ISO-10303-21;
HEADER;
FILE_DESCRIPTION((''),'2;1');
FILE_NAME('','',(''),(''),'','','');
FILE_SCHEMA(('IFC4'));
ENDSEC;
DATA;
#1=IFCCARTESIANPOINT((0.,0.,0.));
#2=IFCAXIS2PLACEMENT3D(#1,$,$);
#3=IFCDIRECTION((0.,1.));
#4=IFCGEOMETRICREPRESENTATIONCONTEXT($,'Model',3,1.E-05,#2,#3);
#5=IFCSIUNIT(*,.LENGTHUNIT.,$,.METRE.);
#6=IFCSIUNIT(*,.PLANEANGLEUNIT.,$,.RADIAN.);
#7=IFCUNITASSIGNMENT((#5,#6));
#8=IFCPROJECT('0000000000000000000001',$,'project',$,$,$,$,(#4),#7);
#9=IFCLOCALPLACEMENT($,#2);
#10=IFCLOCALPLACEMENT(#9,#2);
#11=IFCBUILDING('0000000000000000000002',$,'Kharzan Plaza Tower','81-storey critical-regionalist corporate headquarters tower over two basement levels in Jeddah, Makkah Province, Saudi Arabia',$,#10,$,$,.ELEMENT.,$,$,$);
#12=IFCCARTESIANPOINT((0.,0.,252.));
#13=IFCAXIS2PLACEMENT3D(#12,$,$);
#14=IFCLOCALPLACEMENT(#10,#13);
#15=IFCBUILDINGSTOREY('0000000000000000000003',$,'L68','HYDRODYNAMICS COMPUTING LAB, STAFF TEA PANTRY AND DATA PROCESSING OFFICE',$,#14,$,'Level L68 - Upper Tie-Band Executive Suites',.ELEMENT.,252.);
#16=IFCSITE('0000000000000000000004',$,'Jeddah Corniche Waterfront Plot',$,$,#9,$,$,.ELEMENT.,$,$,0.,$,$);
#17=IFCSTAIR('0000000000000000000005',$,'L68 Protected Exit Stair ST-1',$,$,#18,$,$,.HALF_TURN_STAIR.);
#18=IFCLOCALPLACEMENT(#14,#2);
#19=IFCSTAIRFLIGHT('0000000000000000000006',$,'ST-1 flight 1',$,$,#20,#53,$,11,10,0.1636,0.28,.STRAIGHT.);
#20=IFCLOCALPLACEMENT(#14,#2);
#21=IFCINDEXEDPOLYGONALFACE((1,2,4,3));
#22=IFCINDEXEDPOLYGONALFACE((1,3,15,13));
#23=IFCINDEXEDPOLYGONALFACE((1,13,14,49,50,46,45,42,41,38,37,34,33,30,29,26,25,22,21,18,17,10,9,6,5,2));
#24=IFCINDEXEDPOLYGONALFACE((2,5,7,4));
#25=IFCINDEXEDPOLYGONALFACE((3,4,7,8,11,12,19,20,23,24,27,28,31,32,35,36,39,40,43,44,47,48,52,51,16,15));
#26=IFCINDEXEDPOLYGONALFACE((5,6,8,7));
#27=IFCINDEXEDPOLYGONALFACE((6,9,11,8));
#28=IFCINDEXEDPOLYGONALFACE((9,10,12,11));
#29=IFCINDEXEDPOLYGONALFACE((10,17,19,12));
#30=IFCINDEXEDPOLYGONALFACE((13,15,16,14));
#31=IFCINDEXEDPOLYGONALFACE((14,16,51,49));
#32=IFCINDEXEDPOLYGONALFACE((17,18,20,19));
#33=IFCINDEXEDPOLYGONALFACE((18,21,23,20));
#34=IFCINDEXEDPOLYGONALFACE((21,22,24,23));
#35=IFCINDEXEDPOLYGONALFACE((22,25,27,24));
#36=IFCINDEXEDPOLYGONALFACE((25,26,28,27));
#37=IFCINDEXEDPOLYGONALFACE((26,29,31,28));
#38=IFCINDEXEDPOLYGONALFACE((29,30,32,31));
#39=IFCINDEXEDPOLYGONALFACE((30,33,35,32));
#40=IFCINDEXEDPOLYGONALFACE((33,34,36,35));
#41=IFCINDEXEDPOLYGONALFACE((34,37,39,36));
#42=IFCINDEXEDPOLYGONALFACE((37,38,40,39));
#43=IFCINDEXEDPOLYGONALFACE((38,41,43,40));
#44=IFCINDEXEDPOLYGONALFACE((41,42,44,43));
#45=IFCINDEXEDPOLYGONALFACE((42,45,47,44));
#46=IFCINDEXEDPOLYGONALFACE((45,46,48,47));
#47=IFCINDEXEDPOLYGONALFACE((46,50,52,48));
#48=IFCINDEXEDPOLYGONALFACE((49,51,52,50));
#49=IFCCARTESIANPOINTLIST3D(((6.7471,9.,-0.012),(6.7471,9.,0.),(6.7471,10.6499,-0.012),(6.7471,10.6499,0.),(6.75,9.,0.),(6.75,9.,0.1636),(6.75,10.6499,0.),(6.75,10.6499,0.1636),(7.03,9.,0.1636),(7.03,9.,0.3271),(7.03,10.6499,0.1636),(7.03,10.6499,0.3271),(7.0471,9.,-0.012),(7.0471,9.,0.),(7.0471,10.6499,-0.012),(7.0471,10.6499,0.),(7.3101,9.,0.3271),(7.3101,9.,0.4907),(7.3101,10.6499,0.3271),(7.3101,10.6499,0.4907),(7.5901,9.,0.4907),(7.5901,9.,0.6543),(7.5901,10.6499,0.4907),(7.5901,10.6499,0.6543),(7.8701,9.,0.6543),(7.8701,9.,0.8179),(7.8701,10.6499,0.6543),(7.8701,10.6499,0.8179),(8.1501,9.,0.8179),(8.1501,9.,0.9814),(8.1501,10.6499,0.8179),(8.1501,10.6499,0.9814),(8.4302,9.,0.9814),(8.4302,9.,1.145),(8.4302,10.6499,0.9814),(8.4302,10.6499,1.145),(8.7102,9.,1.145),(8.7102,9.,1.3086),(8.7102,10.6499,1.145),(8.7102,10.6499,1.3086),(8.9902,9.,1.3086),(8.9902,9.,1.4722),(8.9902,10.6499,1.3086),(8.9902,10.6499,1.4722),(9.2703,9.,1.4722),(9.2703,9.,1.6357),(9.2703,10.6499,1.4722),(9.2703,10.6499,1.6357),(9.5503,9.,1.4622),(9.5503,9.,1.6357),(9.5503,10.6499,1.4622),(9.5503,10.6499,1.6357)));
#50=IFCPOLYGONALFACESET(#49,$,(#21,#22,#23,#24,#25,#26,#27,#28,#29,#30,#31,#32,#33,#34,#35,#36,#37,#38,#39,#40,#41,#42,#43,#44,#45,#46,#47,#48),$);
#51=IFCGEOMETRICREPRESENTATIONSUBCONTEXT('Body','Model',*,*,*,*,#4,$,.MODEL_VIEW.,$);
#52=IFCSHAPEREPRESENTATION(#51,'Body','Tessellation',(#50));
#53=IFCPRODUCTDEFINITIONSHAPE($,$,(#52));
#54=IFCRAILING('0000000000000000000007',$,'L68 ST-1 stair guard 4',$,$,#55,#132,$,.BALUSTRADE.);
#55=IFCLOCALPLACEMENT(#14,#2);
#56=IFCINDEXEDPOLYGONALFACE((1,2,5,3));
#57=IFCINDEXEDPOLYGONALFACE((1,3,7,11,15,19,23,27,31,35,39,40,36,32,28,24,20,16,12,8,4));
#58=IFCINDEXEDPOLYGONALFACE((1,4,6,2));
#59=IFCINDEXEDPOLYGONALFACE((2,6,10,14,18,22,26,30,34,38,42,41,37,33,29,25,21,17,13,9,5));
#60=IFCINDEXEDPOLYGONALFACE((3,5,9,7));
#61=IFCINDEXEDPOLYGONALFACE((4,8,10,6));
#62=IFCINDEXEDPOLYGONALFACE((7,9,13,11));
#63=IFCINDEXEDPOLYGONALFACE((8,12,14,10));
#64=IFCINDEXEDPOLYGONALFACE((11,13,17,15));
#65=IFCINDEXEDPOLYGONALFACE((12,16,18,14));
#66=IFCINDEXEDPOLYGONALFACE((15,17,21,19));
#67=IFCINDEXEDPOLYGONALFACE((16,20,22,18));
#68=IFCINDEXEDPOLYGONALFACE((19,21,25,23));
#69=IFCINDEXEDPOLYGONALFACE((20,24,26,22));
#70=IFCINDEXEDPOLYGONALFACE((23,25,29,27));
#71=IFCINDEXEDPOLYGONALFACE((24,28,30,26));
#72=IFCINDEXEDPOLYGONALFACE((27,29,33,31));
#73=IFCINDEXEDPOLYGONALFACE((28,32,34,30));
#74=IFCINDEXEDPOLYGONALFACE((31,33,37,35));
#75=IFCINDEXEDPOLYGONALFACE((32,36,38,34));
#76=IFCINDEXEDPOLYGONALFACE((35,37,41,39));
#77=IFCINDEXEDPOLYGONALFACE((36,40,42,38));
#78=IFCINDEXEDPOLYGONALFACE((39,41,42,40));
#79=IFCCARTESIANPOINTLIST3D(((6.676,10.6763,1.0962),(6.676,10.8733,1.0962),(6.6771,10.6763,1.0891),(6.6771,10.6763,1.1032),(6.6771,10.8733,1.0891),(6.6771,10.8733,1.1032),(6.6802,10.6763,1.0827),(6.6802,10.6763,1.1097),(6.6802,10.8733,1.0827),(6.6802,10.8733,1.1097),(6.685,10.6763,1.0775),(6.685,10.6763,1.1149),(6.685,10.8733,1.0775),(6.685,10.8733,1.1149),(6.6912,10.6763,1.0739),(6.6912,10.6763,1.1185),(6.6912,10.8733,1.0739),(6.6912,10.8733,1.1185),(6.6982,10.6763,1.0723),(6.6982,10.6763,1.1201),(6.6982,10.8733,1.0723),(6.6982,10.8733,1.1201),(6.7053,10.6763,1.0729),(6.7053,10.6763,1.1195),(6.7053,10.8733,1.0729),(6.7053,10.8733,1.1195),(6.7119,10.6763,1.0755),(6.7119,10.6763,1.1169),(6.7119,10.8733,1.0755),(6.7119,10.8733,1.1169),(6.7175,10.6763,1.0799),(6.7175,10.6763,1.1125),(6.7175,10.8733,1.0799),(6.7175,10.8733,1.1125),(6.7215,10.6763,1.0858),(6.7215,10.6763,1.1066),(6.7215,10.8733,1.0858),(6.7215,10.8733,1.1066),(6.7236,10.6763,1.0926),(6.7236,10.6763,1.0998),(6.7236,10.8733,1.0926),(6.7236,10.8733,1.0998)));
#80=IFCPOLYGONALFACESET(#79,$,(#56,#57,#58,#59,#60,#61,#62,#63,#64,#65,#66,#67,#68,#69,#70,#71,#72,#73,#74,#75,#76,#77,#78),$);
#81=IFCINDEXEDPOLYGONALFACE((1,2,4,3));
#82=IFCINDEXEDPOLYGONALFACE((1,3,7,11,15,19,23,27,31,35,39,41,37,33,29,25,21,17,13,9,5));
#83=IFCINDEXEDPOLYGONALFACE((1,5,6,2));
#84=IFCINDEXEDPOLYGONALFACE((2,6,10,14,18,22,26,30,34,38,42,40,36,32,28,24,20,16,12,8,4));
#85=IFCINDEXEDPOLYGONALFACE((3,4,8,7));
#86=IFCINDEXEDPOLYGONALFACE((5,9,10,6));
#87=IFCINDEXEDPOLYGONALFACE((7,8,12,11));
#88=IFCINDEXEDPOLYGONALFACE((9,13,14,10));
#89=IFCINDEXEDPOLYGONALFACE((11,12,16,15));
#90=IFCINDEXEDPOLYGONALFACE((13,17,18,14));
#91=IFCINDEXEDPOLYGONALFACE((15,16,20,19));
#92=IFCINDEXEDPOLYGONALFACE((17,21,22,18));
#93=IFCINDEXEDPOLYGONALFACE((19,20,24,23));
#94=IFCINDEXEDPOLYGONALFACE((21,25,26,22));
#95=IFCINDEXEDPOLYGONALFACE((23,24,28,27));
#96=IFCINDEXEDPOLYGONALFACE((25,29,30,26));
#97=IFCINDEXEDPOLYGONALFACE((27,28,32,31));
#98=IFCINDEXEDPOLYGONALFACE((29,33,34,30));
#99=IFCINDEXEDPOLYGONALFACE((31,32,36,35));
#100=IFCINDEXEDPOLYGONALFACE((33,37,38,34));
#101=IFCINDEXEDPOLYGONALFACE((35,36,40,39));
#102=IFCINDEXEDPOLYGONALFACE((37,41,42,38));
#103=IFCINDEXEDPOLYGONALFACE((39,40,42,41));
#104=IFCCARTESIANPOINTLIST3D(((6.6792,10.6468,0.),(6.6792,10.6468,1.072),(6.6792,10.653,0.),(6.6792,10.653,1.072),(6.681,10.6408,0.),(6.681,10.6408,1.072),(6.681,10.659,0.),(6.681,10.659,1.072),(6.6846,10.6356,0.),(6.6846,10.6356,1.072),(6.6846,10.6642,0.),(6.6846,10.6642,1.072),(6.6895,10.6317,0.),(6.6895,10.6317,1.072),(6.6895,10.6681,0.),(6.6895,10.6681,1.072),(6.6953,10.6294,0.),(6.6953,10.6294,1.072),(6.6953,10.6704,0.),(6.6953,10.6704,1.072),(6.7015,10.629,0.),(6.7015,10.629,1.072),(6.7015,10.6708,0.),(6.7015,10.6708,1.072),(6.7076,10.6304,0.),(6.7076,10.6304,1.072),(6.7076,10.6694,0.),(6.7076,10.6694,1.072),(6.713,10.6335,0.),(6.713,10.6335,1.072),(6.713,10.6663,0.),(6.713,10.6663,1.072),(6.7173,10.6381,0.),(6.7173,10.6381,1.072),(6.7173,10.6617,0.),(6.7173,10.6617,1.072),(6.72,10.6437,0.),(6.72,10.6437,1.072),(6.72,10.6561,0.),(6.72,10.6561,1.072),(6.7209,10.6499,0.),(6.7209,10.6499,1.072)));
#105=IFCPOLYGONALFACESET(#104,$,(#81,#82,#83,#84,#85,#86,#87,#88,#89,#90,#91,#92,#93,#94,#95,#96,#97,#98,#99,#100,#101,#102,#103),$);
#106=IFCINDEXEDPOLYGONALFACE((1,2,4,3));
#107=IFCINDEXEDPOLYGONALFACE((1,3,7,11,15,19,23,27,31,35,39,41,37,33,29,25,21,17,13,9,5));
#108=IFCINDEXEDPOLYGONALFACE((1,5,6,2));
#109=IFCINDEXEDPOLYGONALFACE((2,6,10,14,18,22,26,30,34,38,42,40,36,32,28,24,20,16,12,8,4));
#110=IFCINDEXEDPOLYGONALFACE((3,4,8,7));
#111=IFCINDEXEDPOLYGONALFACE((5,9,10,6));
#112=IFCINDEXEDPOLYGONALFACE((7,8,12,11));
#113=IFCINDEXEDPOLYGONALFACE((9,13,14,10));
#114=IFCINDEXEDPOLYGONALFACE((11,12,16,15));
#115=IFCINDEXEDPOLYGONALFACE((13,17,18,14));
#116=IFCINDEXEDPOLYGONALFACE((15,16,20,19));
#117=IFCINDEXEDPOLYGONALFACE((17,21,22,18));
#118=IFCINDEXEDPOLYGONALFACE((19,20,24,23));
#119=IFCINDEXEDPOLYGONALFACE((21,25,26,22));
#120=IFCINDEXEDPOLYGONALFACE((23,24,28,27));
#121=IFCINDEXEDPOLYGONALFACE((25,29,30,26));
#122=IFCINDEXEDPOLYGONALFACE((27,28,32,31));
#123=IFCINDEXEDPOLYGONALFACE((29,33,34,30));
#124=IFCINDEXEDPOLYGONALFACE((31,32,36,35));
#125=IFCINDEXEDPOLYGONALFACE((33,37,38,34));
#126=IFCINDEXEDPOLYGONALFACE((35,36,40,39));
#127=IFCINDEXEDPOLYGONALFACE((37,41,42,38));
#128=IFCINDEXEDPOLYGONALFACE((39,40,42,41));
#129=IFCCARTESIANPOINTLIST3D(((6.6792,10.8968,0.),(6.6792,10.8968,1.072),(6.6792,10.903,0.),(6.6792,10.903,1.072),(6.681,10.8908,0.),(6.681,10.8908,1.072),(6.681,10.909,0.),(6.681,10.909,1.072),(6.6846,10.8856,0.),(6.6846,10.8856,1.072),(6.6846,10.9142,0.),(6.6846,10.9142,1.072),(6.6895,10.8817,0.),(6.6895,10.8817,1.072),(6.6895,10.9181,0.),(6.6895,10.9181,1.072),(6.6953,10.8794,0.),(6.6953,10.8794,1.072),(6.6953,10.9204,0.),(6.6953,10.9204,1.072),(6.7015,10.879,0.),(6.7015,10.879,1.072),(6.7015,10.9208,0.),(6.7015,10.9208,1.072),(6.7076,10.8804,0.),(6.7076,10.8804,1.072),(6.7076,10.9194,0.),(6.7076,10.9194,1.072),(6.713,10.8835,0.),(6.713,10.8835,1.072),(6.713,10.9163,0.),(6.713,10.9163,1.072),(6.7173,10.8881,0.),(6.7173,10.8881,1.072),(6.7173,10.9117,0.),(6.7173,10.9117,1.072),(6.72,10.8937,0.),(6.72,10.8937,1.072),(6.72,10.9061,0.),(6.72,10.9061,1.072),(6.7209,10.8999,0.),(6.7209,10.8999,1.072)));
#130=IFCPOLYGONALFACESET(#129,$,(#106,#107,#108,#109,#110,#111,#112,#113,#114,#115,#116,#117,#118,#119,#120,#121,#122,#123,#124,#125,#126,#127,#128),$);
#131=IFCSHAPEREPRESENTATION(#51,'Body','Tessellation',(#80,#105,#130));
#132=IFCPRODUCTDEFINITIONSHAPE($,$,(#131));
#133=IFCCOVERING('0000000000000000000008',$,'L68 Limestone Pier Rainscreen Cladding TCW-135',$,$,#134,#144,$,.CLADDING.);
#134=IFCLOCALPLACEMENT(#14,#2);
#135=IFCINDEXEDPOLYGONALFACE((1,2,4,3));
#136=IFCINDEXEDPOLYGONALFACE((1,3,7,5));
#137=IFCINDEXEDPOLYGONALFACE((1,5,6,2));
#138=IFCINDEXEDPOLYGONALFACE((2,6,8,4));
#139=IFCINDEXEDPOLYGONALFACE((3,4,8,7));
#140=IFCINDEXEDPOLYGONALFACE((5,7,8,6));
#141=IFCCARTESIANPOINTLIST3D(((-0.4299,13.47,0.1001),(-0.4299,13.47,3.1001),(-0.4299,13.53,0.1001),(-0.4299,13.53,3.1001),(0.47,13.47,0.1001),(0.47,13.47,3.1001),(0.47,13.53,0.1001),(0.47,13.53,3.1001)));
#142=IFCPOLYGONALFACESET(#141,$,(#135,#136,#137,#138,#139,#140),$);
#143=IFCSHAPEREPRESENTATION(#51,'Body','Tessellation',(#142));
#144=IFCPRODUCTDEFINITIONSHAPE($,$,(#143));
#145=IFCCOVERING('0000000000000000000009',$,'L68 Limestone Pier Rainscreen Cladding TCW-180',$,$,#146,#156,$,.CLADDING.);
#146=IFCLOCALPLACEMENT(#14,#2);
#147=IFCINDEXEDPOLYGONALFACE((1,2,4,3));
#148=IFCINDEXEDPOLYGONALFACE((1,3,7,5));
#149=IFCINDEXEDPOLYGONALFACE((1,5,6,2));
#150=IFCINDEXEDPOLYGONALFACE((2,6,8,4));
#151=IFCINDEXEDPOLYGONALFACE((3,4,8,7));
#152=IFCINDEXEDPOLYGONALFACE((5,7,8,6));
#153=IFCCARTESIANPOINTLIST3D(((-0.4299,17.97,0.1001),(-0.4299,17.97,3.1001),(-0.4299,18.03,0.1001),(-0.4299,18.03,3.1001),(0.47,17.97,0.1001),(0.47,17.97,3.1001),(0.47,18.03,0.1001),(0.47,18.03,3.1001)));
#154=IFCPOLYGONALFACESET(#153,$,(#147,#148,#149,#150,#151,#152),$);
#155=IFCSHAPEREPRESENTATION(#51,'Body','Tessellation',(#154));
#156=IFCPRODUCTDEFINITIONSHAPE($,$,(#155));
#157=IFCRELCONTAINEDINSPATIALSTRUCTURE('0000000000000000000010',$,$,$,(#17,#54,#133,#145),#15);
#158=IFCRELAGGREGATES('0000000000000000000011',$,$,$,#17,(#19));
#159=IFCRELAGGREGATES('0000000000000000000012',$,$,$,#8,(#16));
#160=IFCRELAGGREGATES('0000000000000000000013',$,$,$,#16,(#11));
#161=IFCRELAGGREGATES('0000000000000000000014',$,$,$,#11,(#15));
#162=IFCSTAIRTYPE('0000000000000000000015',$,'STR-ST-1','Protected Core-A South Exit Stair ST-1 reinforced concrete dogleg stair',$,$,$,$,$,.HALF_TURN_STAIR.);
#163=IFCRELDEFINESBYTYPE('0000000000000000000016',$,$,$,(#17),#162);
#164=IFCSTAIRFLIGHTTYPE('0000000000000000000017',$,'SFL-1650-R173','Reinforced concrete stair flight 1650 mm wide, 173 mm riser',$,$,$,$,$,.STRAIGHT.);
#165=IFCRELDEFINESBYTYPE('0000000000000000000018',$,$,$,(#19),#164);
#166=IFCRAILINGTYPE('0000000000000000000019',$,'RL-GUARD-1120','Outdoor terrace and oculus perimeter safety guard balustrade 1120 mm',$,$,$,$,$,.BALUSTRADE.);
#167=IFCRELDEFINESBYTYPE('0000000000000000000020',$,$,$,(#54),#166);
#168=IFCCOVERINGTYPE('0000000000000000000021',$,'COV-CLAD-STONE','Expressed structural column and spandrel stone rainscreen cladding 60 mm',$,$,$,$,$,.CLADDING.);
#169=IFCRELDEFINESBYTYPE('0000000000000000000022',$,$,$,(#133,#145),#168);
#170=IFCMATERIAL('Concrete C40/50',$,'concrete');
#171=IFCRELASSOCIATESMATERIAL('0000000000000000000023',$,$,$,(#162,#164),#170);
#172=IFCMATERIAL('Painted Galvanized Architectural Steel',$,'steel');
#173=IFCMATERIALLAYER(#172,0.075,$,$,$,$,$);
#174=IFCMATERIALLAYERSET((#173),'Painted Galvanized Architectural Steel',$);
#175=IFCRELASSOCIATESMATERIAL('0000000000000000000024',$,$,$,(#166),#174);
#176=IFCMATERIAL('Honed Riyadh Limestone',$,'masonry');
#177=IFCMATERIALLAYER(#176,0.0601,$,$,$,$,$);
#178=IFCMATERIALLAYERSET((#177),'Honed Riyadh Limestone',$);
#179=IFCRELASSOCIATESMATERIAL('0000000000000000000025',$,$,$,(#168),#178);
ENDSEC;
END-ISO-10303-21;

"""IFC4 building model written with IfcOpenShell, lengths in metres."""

from ifc_helpers import new_model, si_unit, direction, frame, origin, origin_2d, place, context, subcontext, project, spatial, polyline, rectangle, circle, outline, extrude, source, transform, mapped, material, layer, layer_set, type_object, element, aggregate, save


model = new_model("IFC4")

# Units and contexts
model_context = context("Model", 3, precision=1e-05, world=origin(), true_north=direction((0.0, 1.0)))
body_context = subcontext(model_context, "Body", "Model", "MODEL_VIEW")
ifc_project = project(units=[si_unit("LENGTHUNIT", "METRE"), si_unit("PLANEANGLEUNIT", "RADIAN")], contexts=[model_context])

# Site, building, storey
site_placement = place(None, origin())
site = spatial("IfcSite", under=ifc_project, at=site_placement, Name="Jeddah Corniche Waterfront Plot", CompositionType="ELEMENT", RefElevation=0.0)
building_placement = place(site_placement, origin())
building = spatial("IfcBuilding", under=site, at=building_placement, Name="Kharzan Plaza Tower", Description="81-storey critical-regionalist corporate headquarters tower over two basement levels in Jeddah, Makkah Province, Saudi Arabia", CompositionType="ELEMENT")
storey_placement = place(building_placement, frame((0.0, 0.0, 252.0)))
storey = spatial("IfcBuildingStorey", under=building, at=storey_placement, Name="L68", Description="HYDRODYNAMICS COMPUTING LAB, STAFF TEA PANTRY AND DATA PROCESSING OFFICE", LongName="Level L68 - Upper Tie-Band Executive Suites", CompositionType="ELEMENT", Elevation=252.0)

# Shared definitions
ifc_material_1 = material(Name="Concrete C40/50", Category="concrete")

# Stair, stair flight
stair_type = type_object("IfcStairType", Name="STR-ST-1", Description="Protected Core-A South Exit Stair ST-1 reinforced concrete dogleg stair", PredefinedType="HALF_TURN_STAIR", material=ifc_material_1)
stair_placement = place(storey_placement, origin())
stair = element("IfcStair", 1, at=stair_placement, inside=storey, type_object=stair_type, Name="L68 Protected Exit Stair ST-1", PredefinedType="HALF_TURN_STAIR")
stair_flight_type = type_object("IfcStairFlightType", Name="SFL-1650-R173", Description="Reinforced concrete stair flight 1650 mm wide, 173 mm riser", PredefinedType="STRAIGHT", material=ifc_material_1)
shared_shape_1 = source(origin(), body_context, "Body", "SweptSolid", [
    extrude(outline(polyline([(-0.0029, -0.012), (-0.0029, 0.0), (0.0, 0.0), (0.0, 0.1636), (0.28, 0.1636), (0.28, 0.3271), (0.5601, 0.3271), (0.5601, 0.4907), (0.8401, 0.4907), (0.8401, 0.6543), (1.1201, 0.6543), (1.1201, 0.8179), (1.4001, 0.8179), (1.4001, 0.9814), (1.6802, 0.9814), (1.6802, 1.145), (1.9602, 1.145), (1.9602, 1.3086), (2.2402, 1.3086), (2.2402, 1.4722), (2.5203, 1.4722), (2.5203, 1.6357), (2.8003, 1.6357), (2.8003, 1.7993), (2.8003, 1.4622), (0.2971, 0.0), (0.2971, -0.012), (-0.0029, -0.012)])), frame((0.0, 0.825, 0.0), z_axis=(0.0, -1.0, 0.0), x_axis=(1.0, 0.0, 0.0)), (0.0, 0.0, 1.0), 1.6499),
])
stair_flight_placement = place(storey_placement, frame((6.75, 9.825, 0.0), z_axis=(0.0, 0.0, 1.0), x_axis=(1.0, 0.0, 0.0)))
stair_flight = element("IfcStairFlight", 2, at=stair_flight_placement, type_object=stair_flight_type, Name="ST-1 flight 1", NumberOfRisers=11, NumberOfTreads=10, PredefinedType="STRAIGHT", RiserHeight=0.1636, TreadLength=0.28, context=body_context, shape_type="MappedRepresentation", body=[
    mapped(shared_shape_1, transform((0.0, 0.0, 0.0), x_axis=(1.0, 0.0, 0.0), y_axis=(0.0, 1.0, 0.0), z_axis=(0.0, 0.0, 1.0))),
])
aggregate(stair, [stair_flight])

# Railing
ifc_material_2 = material(Name="Painted Galvanized Architectural Steel", Category="steel")
ifc_layer_1 = layer(ifc_material_2, 0.075)
ifc_layer_set_1 = layer_set([ifc_layer_1], Name="Painted Galvanized Architectural Steel")
railing_type_1 = type_object("IfcRailingType", Name="RL-GUARD-1120", Description="Outdoor terrace and oculus perimeter safety guard balustrade 1120 mm", PredefinedType="BALUSTRADE", material=ifc_layer_set_1)
shared_shape_2 = source(origin(), body_context, "Body", "SweptSolid", [
    extrude(circle(Radius=0.0239, at=origin_2d()), frame((0.0, 0.0264, 1.0962), z_axis=(0.0, 1.0, 0.0), x_axis=(-1.0, 0.0, 0.0)), (0.0, 0.0, 1.0), 0.197),
    extrude(circle(Radius=0.021, at=origin_2d()), origin(), (0.0, 0.0, 1.0), 1.072),
    extrude(circle(Radius=0.021, at=origin_2d()), frame((0.0, 0.25, 0.0)), (0.0, 0.0, 1.0), 1.072),
])
railing_1_placement = place(storey_placement, frame((6.7, 10.6499, 0.0)))
element("IfcRailing", 3, at=railing_1_placement, inside=storey, type_object=railing_type_1, Name="L68 ST-1 stair guard 4", PredefinedType="BALUSTRADE", context=body_context, shape_type="MappedRepresentation", body=[
    mapped(shared_shape_2, transform((0.0, 0.0, 0.0), x_axis=(1.0, 0.0, 0.0), y_axis=(0.0, 1.0, 0.0), z_axis=(0.0, 0.0, 1.0))),
])

# Coverings
ifc_material_3 = material(Name="Honed Riyadh Limestone", Category="masonry")
ifc_layer_2 = layer(ifc_material_3, 0.0601)
ifc_layer_set_2 = layer_set([ifc_layer_2], Name="Honed Riyadh Limestone")
covering_type = type_object("IfcCoveringType", Name="COV-CLAD-STONE", Description="Expressed structural column and spandrel stone rainscreen cladding 60 mm", PredefinedType="CLADDING", material=ifc_layer_set_2)
shared_shape_3 = source(origin(), body_context, "Body", "SweptSolid", [
    extrude(rectangle(XDim=0.0601, YDim=0.8999, at=origin_2d()), origin(), (0.0, 0.0, 1.0), 3.0),
])
for number, where, z_axis, x_axis, name in (
    (4, (0.02, 13.5, 0.1001), (0.0, 0.0, 1.0), (0.0, 1.0, 0.0), "L68 Limestone Pier Rainscreen Cladding TCW-135"),
    (5, (0.02, 18.0, 0.1001), (0.0, 0.0, 1.0), (0.0, 1.0, 0.0), "L68 Limestone Pier Rainscreen Cladding TCW-180"),
):
    element("IfcCovering", number, at=place(storey_placement, frame(where, z_axis=z_axis, x_axis=x_axis)), inside=storey, type_object=covering_type, Name=name, PredefinedType="CLADDING", context=body_context, shape_type="MappedRepresentation", body=[
        mapped(shared_shape_3, transform((0.0, 0.0, 0.0), x_axis=(1.0, 0.0, 0.0), y_axis=(0.0, 1.0, 0.0), z_axis=(0.0, 0.0, 1.0))),
    ])

save(model, "model.ifc")
